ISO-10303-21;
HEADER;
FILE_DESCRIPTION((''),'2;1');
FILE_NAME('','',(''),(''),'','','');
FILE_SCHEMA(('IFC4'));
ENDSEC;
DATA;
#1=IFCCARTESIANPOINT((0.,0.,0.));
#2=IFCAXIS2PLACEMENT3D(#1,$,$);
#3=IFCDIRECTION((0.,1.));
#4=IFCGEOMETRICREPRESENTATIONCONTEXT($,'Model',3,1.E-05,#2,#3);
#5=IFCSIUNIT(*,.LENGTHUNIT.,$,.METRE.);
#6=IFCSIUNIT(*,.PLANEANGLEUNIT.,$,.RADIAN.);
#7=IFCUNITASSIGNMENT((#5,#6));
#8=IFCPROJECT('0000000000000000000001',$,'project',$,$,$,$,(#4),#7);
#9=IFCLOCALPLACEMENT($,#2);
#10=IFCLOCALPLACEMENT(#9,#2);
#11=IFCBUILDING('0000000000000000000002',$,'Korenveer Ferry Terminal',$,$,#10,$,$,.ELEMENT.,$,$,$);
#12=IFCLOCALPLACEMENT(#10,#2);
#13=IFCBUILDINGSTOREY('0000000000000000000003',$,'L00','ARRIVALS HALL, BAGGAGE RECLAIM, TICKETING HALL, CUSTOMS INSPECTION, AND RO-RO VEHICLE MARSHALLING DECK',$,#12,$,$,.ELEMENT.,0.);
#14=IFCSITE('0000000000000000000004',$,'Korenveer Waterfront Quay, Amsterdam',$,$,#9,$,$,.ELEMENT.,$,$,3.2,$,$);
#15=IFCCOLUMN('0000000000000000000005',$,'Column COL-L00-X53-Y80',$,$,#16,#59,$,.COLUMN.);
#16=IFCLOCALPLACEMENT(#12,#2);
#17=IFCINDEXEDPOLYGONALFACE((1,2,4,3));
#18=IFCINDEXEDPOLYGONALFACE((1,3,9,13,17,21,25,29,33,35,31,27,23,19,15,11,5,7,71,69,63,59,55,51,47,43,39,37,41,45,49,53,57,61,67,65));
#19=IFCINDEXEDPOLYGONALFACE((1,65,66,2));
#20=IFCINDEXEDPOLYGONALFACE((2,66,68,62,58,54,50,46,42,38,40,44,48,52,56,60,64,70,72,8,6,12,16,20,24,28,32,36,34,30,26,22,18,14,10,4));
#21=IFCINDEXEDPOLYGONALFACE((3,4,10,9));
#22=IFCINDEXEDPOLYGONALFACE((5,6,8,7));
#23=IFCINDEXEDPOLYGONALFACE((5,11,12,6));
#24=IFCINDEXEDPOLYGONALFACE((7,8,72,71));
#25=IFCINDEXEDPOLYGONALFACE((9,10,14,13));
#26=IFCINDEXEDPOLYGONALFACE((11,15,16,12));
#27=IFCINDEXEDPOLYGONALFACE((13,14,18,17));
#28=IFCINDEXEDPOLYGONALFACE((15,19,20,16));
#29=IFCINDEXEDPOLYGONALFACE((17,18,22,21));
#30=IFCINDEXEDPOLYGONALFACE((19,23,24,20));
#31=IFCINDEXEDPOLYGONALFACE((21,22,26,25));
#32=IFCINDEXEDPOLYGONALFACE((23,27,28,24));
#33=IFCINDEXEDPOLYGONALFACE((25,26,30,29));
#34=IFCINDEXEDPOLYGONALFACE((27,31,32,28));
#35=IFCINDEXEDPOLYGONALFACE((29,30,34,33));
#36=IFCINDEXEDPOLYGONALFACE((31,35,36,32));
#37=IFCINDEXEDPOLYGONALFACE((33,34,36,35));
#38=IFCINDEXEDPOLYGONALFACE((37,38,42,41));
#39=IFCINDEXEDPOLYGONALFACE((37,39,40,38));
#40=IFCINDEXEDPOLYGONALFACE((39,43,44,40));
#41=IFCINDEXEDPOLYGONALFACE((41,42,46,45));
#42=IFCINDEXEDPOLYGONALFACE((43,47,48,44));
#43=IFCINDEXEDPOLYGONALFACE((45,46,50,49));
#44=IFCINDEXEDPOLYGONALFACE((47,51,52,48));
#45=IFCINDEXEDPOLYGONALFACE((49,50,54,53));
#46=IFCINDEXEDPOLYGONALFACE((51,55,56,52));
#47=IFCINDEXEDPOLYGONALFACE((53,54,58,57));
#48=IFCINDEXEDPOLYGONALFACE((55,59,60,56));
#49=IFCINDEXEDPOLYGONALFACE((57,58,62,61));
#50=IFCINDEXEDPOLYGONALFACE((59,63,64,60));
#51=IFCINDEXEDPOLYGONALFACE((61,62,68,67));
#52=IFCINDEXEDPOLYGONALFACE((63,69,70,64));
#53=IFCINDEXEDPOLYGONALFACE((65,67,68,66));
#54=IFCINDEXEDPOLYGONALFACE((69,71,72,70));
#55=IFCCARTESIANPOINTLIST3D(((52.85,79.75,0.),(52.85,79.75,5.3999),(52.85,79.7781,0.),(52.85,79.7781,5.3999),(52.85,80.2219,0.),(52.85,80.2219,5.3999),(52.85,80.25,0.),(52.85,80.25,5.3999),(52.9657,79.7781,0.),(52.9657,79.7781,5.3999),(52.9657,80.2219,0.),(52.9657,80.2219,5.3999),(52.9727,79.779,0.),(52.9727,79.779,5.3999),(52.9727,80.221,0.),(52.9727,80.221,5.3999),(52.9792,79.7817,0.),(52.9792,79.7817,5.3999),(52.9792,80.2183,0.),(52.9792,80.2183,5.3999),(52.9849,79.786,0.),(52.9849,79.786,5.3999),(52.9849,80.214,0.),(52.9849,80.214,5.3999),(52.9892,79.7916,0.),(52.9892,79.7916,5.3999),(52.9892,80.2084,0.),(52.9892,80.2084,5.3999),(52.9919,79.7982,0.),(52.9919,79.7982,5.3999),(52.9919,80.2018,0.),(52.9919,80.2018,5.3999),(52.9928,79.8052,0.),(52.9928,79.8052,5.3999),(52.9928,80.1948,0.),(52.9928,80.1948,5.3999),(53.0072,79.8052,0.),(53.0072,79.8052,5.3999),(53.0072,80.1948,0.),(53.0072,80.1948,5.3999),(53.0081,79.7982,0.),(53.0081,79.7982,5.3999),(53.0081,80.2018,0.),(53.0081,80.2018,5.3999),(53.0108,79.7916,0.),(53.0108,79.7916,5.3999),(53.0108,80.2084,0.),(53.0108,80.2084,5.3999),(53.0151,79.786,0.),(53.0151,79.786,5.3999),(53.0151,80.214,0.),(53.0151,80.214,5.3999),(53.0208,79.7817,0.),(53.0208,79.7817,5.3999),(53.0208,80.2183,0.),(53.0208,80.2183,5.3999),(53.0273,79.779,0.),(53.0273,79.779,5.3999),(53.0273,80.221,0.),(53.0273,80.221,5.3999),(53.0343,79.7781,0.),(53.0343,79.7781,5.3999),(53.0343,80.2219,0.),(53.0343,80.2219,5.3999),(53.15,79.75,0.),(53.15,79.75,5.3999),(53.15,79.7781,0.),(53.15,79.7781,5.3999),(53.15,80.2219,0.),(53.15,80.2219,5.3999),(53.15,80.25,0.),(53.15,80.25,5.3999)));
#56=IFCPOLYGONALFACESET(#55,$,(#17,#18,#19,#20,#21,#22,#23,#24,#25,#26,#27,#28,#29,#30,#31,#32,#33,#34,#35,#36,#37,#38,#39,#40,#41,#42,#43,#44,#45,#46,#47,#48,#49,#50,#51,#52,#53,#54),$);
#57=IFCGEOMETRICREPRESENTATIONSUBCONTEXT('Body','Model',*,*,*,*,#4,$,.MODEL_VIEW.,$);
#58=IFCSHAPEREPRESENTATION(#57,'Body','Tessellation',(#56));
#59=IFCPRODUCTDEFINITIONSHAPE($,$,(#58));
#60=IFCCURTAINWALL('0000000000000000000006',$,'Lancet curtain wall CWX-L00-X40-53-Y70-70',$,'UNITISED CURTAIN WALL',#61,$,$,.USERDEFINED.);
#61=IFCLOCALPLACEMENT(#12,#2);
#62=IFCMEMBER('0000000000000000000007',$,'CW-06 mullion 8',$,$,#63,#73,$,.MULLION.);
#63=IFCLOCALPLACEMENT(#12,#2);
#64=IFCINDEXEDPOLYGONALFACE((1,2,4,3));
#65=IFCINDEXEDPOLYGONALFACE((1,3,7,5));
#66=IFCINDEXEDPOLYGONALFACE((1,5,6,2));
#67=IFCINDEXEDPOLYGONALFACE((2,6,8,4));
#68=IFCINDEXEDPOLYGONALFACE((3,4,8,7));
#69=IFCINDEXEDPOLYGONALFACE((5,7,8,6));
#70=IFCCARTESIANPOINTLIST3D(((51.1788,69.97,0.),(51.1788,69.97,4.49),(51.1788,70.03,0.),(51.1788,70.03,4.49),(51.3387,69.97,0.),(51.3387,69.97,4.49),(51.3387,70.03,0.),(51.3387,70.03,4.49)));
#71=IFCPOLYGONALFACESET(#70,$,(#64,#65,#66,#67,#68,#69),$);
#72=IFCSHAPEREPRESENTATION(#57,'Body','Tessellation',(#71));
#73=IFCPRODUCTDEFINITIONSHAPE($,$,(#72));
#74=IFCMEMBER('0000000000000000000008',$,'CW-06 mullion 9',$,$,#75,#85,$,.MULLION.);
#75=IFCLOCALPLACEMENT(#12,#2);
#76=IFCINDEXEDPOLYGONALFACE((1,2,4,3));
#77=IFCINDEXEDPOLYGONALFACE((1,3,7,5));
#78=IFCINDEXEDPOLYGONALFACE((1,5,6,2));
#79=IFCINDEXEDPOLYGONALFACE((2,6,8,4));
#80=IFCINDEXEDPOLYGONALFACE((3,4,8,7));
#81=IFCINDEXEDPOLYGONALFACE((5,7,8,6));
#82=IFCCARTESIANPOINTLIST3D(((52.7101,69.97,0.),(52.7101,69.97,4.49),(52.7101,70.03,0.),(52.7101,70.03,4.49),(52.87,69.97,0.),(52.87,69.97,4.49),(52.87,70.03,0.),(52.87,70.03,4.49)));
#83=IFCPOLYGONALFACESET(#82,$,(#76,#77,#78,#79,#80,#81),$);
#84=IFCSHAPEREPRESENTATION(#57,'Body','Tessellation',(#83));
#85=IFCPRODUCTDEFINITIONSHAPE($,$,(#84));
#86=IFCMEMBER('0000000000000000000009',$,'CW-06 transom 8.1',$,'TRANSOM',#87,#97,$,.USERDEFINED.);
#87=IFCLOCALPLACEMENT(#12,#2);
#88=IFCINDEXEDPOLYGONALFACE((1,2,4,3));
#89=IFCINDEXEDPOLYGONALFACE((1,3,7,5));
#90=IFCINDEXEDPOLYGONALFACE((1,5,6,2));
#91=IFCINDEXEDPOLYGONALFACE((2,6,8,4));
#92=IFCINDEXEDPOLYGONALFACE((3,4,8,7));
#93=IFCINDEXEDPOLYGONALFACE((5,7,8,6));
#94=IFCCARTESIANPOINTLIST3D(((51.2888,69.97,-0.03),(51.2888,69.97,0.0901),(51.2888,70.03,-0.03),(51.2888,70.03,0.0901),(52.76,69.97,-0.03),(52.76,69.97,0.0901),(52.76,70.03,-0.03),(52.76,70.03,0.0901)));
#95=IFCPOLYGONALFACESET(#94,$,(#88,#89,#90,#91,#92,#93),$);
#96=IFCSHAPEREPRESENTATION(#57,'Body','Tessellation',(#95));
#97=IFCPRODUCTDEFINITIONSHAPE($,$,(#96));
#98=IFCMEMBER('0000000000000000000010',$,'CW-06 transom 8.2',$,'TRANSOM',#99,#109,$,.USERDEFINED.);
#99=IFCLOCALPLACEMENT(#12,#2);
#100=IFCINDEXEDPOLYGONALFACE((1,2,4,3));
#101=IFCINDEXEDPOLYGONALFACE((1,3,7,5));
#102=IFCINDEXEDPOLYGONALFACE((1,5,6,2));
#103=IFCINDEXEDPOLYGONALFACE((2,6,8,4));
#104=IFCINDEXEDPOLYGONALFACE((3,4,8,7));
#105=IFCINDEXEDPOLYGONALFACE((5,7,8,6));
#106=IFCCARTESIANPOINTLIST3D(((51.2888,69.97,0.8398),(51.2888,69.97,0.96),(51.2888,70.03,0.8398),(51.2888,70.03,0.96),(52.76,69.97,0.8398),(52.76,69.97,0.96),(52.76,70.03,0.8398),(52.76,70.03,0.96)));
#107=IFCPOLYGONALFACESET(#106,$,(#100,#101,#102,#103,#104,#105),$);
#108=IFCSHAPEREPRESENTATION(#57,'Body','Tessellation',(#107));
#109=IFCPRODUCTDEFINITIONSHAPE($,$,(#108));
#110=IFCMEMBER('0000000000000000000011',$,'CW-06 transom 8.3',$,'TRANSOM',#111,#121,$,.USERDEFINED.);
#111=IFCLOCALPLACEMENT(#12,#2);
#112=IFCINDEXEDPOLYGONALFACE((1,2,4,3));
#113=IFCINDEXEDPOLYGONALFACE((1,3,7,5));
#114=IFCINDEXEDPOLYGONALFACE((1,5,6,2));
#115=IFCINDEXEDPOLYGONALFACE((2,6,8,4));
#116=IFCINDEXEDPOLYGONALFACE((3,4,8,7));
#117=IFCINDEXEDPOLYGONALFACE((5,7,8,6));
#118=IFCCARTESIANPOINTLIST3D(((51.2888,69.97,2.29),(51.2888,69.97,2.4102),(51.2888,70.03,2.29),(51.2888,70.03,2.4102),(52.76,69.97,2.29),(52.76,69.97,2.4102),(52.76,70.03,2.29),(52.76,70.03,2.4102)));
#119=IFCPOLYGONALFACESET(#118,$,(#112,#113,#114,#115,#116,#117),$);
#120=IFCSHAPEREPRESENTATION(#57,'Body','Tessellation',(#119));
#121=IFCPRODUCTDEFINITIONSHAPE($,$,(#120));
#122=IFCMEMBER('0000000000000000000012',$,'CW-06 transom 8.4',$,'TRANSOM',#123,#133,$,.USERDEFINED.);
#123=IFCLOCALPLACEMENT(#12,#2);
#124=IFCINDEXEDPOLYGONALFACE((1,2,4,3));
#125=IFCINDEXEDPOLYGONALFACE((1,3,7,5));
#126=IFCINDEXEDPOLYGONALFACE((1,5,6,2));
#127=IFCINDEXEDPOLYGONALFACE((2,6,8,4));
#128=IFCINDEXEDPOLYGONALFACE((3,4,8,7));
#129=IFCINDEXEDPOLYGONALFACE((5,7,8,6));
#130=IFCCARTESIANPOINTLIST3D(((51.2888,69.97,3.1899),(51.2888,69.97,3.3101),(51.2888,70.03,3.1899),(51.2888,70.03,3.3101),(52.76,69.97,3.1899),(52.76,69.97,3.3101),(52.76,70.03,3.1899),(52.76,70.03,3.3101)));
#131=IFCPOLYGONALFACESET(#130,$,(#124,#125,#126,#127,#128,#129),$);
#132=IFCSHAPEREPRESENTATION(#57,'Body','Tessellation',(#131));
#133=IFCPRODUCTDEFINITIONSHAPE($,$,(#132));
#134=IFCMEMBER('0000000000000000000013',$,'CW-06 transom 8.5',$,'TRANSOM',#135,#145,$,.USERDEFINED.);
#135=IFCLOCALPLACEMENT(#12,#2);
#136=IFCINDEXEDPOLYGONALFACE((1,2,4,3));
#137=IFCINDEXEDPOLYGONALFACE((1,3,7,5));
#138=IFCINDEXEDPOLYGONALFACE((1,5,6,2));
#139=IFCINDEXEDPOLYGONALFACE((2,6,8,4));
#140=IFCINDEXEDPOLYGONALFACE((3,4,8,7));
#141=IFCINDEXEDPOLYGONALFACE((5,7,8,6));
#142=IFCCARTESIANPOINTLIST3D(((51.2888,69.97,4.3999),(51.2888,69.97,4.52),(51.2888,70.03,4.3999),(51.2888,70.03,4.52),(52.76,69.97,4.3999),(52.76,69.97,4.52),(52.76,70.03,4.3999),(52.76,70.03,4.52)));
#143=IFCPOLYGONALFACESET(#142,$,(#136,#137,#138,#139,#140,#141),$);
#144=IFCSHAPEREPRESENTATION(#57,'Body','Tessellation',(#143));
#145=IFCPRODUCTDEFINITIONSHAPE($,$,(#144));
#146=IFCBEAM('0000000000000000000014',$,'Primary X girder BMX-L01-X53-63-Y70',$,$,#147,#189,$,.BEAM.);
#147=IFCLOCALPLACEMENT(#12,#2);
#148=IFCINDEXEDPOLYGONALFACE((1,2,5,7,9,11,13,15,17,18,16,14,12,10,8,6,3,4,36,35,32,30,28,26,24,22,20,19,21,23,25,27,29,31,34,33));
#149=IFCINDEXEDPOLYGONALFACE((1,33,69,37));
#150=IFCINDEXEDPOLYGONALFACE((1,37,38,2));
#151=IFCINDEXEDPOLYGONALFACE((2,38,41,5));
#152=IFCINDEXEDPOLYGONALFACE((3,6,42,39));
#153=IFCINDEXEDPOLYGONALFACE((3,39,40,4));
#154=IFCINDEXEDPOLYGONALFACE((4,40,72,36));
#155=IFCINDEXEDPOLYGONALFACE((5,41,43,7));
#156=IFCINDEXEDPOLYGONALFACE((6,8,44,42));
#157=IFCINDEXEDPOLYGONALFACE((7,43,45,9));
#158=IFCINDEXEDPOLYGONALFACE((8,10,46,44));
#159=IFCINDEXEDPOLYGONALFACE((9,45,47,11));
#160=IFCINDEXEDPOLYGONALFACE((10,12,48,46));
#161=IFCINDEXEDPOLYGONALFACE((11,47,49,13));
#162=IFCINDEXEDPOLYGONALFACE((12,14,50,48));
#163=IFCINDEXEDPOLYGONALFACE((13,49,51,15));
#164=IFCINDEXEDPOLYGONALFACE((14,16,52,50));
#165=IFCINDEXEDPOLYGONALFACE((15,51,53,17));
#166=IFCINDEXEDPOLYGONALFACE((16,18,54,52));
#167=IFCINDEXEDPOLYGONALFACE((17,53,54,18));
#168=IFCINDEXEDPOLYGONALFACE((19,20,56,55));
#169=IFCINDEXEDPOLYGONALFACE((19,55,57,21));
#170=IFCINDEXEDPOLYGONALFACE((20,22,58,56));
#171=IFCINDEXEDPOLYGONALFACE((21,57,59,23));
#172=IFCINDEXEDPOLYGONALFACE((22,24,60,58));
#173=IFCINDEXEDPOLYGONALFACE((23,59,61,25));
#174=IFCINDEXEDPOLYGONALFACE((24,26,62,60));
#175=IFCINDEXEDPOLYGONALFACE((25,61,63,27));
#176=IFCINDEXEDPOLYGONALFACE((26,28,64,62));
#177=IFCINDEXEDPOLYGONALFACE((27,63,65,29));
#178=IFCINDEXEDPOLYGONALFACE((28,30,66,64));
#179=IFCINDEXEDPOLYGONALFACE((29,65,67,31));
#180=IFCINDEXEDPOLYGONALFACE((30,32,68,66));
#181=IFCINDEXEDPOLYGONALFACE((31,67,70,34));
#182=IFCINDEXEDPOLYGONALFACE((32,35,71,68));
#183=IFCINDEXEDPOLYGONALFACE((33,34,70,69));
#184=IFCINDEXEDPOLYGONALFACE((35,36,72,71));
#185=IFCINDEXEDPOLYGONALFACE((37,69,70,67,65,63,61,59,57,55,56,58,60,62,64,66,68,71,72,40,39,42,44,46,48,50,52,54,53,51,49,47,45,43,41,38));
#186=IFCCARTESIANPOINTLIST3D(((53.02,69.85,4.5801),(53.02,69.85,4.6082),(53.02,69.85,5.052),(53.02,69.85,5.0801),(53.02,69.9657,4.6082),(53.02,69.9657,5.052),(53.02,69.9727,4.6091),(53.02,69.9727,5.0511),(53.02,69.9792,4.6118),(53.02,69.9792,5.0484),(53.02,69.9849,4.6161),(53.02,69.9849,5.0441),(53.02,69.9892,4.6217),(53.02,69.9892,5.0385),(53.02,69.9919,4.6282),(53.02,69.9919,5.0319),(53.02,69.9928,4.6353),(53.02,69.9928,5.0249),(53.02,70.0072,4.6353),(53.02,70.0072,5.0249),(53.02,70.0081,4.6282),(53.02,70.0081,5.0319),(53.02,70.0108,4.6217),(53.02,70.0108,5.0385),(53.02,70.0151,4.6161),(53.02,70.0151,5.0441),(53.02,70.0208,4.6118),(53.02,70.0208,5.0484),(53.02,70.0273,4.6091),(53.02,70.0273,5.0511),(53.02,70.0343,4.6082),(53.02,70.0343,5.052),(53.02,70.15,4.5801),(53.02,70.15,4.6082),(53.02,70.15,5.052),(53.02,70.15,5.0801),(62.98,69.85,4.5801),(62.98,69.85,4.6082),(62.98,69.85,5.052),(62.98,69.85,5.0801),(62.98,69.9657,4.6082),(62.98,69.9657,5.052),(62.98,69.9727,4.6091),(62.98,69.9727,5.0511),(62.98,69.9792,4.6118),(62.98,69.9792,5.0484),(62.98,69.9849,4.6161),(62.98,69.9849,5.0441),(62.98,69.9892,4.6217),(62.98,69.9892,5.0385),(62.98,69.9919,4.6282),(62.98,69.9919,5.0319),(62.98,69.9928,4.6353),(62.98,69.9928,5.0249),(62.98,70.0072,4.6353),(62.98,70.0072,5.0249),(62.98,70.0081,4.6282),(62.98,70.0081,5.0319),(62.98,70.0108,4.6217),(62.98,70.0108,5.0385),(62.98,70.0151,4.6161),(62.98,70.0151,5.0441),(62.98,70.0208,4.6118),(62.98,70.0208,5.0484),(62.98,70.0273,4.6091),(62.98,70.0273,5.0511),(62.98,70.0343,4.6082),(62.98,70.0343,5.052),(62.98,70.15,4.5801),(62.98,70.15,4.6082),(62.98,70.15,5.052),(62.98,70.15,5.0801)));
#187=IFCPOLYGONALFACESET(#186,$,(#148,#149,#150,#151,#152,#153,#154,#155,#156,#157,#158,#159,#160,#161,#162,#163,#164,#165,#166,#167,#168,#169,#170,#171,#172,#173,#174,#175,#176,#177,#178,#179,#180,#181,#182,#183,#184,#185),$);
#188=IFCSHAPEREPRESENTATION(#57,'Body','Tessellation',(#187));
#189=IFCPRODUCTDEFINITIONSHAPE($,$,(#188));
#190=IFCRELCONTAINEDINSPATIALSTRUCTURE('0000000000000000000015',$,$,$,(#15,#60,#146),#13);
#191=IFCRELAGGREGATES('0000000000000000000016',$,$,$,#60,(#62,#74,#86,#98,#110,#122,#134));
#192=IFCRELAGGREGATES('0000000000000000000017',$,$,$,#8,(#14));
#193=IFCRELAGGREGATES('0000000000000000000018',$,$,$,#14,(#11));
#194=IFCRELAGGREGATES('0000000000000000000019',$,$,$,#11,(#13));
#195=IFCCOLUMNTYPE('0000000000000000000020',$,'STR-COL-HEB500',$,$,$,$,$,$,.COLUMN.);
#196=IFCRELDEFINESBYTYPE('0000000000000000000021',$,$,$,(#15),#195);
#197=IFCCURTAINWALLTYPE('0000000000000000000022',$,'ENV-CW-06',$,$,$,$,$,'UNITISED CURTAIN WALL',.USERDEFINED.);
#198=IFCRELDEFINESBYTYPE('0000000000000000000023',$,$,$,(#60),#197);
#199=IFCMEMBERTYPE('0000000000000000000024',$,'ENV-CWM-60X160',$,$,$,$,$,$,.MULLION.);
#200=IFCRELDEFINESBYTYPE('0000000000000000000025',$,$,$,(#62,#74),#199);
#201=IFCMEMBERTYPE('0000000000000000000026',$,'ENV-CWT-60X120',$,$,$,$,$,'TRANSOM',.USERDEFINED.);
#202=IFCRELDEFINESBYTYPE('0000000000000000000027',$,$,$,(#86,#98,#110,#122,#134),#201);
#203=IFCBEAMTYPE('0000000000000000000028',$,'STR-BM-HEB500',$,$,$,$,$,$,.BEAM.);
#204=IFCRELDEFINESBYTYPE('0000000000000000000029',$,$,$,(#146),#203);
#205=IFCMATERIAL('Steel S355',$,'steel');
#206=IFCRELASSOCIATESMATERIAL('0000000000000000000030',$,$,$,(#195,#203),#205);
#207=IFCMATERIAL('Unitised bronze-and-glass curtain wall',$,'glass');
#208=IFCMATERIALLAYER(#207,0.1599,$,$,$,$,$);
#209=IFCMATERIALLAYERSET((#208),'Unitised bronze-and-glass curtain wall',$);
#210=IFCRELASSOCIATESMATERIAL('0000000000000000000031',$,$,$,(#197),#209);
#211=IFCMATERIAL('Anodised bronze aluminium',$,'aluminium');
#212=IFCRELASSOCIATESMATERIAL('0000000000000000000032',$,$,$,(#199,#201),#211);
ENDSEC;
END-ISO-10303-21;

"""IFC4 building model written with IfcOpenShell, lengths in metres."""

from ifc_helpers import new_model, si_unit, direction, frame, origin, origin_2d, place, context, subcontext, project, spatial, rectangle, i_section, extrude, material, layer, layer_set, material_profile, profile_set, type_object, element, aggregate, save


model = new_model("IFC4")

# Units and contexts
model_context = context("Model", 3, precision=1e-05, world=origin(), true_north=direction((0.0, 1.0)))
body_context = subcontext(model_context, "Body", "Model", "MODEL_VIEW")
ifc_project = project(units=[si_unit("LENGTHUNIT", "METRE"), si_unit("PLANEANGLEUNIT", "RADIAN")], contexts=[model_context])

# Site, building, storey
site_placement = place(None, origin())
site = spatial("IfcSite", under=ifc_project, at=site_placement, Name="Korenveer Waterfront Quay, Amsterdam", CompositionType="ELEMENT", RefElevation=3.2)
building_placement = place(site_placement, origin())
building = spatial("IfcBuilding", under=site, at=building_placement, Name="Korenveer Ferry Terminal", CompositionType="ELEMENT")
storey_placement = place(building_placement, origin())
storey = spatial("IfcBuildingStorey", under=building, at=storey_placement, Name="L00", Description="ARRIVALS HALL, BAGGAGE RECLAIM, TICKETING HALL, CUSTOMS INSPECTION, AND RO-RO VEHICLE MARSHALLING DECK", CompositionType="ELEMENT", Elevation=0.0)

# Column
ifc_material_1 = material(Name="Steel S355", Category="steel")
ifc_material_profile_1 = material_profile(ifc_material_1, i_section(OverallWidth=0.3, OverallDepth=0.5, WebThickness=0.0144, FlangeThickness=0.0281, FilletRadius=0.0271, at=origin_2d()), Name="HEB 500")
ifc_profile_set_1 = profile_set([ifc_material_profile_1], Name="Steel S355")
column_type = type_object("IfcColumnType", Name="STR-COL-HEB500", PredefinedType="COLUMN", material=ifc_profile_set_1)
for number, where, z_axis, x_axis, name in (
    (1, (53.0, 80.0, 0.0), (0.0, 0.0, 1.0), (1.0, 0.0, 0.0), "Column COL-L00-X53-Y80"),
):
    element("IfcColumn", number, at=place(storey_placement, frame(where, z_axis=z_axis, x_axis=x_axis)), inside=storey, type_object=column_type, Name=name, PredefinedType="COLUMN", context=body_context, shape_type="SweptSolid", body=[
        extrude(i_section(OverallWidth=0.3, OverallDepth=0.5, WebThickness=0.0144, FlangeThickness=0.0281, FilletRadius=0.0271, at=origin_2d()), origin(), (0.0, 0.0, 1.0), 5.3999),
    ])

# Curtain wall, members
ifc_material_2 = material(Name="Unitised bronze-and-glass curtain wall", Category="glass")
ifc_layer_1 = layer(ifc_material_2, 0.1599)
ifc_layer_set_1 = layer_set([ifc_layer_1], Name="Unitised bronze-and-glass curtain wall")
curtain_wall_type = type_object("IfcCurtainWallType", Name="ENV-CW-06", ElementType="UNITISED CURTAIN WALL", PredefinedType="USERDEFINED", material=ifc_layer_set_1)
curtain_wall_placement = place(storey_placement, frame((40.3301, 70.0, 0.0)))
curtain_wall = element("IfcCurtainWall", 2, at=curtain_wall_placement, inside=storey, type_object=curtain_wall_type, Name="Lancet curtain wall CWX-L00-X40-53-Y70-70", ObjectType="UNITISED CURTAIN WALL", PredefinedType="USERDEFINED")
ifc_material_3 = material(Name="Anodised bronze aluminium", Category="aluminium")
ifc_material_profile_2 = material_profile(ifc_material_3, rectangle(XDim=0.0601, YDim=0.1599, at=origin_2d()), Name="ALU 60x160")
ifc_profile_set_2 = profile_set([ifc_material_profile_2], Name="Anodised bronze aluminium")
member_type_1 = type_object("IfcMemberType", Name="ENV-CWM-60X160", PredefinedType="MULLION", material=ifc_profile_set_2)
member_1_placement = place(storey_placement, frame((51.2588, 70.0, 0.0), z_axis=(0.0, 0.0, 1.0), x_axis=(0.0, 1.0, 0.0)))
member_1 = element("IfcMember", 3, at=member_1_placement, type_object=member_type_1, Name="CW-06 mullion 8", PredefinedType="MULLION", context=body_context, shape_type="SweptSolid", body=[
    extrude(rectangle(XDim=0.0601, YDim=0.1599, at=origin_2d()), origin(), (0.0, 0.0, 1.0), 4.49),
])
member_2_placement = place(storey_placement, frame((52.79, 70.0, 0.0), z_axis=(0.0, 0.0, 1.0), x_axis=(0.0, 1.0, 0.0)))
member_2 = element("IfcMember", 4, at=member_2_placement, type_object=member_type_1, Name="CW-06 mullion 9", PredefinedType="MULLION", context=body_context, shape_type="SweptSolid", body=[
    extrude(rectangle(XDim=0.0601, YDim=0.1599, at=origin_2d()), origin(), (0.0, 0.0, 1.0), 4.49),
])
ifc_material_profile_3 = material_profile(ifc_material_3, rectangle(XDim=0.0601, YDim=0.1201, at=origin_2d()), Name="ALU 60x120")
ifc_profile_set_3 = profile_set([ifc_material_profile_3], Name="Anodised bronze aluminium")
member_type_2 = type_object("IfcMemberType", Name="ENV-CWT-60X120", ElementType="TRANSOM", PredefinedType="USERDEFINED", material=ifc_profile_set_3)
member_3_placement = place(storey_placement, frame((51.2888, 70.0, 0.03), z_axis=(1.0, 0.0, 0.0), x_axis=(0.0, 1.0, 0.0)))
member_3 = element("IfcMember", 5, at=member_3_placement, type_object=member_type_2, Name="CW-06 transom 8.1", ObjectType="TRANSOM", PredefinedType="USERDEFINED", context=body_context, shape_type="SweptSolid", body=[
    extrude(rectangle(XDim=0.0601, YDim=0.1201, at=origin_2d()), origin(), (0.0, 0.0, 1.0), 1.4712),
])
member_4_placement = place(storey_placement, frame((51.2888, 70.0, 0.8999), z_axis=(1.0, 0.0, 0.0), x_axis=(0.0, 1.0, 0.0)))
member_4 = element("IfcMember", 6, at=member_4_placement, type_object=member_type_2, Name="CW-06 transom 8.2", ObjectType="TRANSOM", PredefinedType="USERDEFINED", context=body_context, shape_type="SweptSolid", body=[
    extrude(rectangle(XDim=0.0601, YDim=0.1201, at=origin_2d()), origin(), (0.0, 0.0, 1.0), 1.4712),
])
member_5_placement = place(storey_placement, frame((51.2888, 70.0, 2.3501), z_axis=(1.0, 0.0, 0.0), x_axis=(0.0, 1.0, 0.0)))
member_5 = element("IfcMember", 7, at=member_5_placement, type_object=member_type_2, Name="CW-06 transom 8.3", ObjectType="TRANSOM", PredefinedType="USERDEFINED", context=body_context, shape_type="SweptSolid", body=[
    extrude(rectangle(XDim=0.0601, YDim=0.1201, at=origin_2d()), origin(), (0.0, 0.0, 1.0), 1.4712),
])
member_6_placement = place(storey_placement, frame((51.2888, 70.0, 3.25), z_axis=(1.0, 0.0, 0.0), x_axis=(0.0, 1.0, 0.0)))
member_6 = element("IfcMember", 8, at=member_6_placement, type_object=member_type_2, Name="CW-06 transom 8.4", ObjectType="TRANSOM", PredefinedType="USERDEFINED", context=body_context, shape_type="SweptSolid", body=[
    extrude(rectangle(XDim=0.0601, YDim=0.1201, at=origin_2d()), origin(), (0.0, 0.0, 1.0), 1.4712),
])
member_7_placement = place(storey_placement, frame((51.2888, 70.0, 4.46), z_axis=(1.0, 0.0, 0.0), x_axis=(0.0, 1.0, 0.0)))
member_7 = element("IfcMember", 9, at=member_7_placement, type_object=member_type_2, Name="CW-06 transom 8.5", ObjectType="TRANSOM", PredefinedType="USERDEFINED", context=body_context, shape_type="SweptSolid", body=[
    extrude(rectangle(XDim=0.0601, YDim=0.1201, at=origin_2d()), origin(), (0.0, 0.0, 1.0), 1.4712),
])

# Beam
ifc_material_profile_4 = material_profile(ifc_material_1, i_section(OverallWidth=0.3, OverallDepth=0.5, WebThickness=0.0144, FlangeThickness=0.0281, FilletRadius=0.0271, at=origin_2d()), Name="HEB 500")
ifc_profile_set_4 = profile_set([ifc_material_profile_4], Name="Steel S355")
beam_type_1 = type_object("IfcBeamType", Name="STR-BM-HEB500", PredefinedType="BEAM", material=ifc_profile_set_4)
beam_1_placement = place(storey_placement, frame((53.02, 70.0, 4.8301), z_axis=(1.0, 0.0, 0.0), x_axis=(0.0, 1.0, 0.0)))
element("IfcBeam", 10, at=beam_1_placement, inside=storey, type_object=beam_type_1, Name="Primary X girder BMX-L01-X53-63-Y70", PredefinedType="BEAM", context=body_context, shape_type="SweptSolid", body=[
    extrude(i_section(OverallWidth=0.3, OverallDepth=0.5, WebThickness=0.0144, FlangeThickness=0.0281, FilletRadius=0.0271, at=origin_2d()), origin(), (0.0, 0.0, 1.0), 9.96),
])

aggregate(curtain_wall, [member_1, member_2, member_3, member_4, member_5, member_6, member_7])

save(model, "model.ifc")
